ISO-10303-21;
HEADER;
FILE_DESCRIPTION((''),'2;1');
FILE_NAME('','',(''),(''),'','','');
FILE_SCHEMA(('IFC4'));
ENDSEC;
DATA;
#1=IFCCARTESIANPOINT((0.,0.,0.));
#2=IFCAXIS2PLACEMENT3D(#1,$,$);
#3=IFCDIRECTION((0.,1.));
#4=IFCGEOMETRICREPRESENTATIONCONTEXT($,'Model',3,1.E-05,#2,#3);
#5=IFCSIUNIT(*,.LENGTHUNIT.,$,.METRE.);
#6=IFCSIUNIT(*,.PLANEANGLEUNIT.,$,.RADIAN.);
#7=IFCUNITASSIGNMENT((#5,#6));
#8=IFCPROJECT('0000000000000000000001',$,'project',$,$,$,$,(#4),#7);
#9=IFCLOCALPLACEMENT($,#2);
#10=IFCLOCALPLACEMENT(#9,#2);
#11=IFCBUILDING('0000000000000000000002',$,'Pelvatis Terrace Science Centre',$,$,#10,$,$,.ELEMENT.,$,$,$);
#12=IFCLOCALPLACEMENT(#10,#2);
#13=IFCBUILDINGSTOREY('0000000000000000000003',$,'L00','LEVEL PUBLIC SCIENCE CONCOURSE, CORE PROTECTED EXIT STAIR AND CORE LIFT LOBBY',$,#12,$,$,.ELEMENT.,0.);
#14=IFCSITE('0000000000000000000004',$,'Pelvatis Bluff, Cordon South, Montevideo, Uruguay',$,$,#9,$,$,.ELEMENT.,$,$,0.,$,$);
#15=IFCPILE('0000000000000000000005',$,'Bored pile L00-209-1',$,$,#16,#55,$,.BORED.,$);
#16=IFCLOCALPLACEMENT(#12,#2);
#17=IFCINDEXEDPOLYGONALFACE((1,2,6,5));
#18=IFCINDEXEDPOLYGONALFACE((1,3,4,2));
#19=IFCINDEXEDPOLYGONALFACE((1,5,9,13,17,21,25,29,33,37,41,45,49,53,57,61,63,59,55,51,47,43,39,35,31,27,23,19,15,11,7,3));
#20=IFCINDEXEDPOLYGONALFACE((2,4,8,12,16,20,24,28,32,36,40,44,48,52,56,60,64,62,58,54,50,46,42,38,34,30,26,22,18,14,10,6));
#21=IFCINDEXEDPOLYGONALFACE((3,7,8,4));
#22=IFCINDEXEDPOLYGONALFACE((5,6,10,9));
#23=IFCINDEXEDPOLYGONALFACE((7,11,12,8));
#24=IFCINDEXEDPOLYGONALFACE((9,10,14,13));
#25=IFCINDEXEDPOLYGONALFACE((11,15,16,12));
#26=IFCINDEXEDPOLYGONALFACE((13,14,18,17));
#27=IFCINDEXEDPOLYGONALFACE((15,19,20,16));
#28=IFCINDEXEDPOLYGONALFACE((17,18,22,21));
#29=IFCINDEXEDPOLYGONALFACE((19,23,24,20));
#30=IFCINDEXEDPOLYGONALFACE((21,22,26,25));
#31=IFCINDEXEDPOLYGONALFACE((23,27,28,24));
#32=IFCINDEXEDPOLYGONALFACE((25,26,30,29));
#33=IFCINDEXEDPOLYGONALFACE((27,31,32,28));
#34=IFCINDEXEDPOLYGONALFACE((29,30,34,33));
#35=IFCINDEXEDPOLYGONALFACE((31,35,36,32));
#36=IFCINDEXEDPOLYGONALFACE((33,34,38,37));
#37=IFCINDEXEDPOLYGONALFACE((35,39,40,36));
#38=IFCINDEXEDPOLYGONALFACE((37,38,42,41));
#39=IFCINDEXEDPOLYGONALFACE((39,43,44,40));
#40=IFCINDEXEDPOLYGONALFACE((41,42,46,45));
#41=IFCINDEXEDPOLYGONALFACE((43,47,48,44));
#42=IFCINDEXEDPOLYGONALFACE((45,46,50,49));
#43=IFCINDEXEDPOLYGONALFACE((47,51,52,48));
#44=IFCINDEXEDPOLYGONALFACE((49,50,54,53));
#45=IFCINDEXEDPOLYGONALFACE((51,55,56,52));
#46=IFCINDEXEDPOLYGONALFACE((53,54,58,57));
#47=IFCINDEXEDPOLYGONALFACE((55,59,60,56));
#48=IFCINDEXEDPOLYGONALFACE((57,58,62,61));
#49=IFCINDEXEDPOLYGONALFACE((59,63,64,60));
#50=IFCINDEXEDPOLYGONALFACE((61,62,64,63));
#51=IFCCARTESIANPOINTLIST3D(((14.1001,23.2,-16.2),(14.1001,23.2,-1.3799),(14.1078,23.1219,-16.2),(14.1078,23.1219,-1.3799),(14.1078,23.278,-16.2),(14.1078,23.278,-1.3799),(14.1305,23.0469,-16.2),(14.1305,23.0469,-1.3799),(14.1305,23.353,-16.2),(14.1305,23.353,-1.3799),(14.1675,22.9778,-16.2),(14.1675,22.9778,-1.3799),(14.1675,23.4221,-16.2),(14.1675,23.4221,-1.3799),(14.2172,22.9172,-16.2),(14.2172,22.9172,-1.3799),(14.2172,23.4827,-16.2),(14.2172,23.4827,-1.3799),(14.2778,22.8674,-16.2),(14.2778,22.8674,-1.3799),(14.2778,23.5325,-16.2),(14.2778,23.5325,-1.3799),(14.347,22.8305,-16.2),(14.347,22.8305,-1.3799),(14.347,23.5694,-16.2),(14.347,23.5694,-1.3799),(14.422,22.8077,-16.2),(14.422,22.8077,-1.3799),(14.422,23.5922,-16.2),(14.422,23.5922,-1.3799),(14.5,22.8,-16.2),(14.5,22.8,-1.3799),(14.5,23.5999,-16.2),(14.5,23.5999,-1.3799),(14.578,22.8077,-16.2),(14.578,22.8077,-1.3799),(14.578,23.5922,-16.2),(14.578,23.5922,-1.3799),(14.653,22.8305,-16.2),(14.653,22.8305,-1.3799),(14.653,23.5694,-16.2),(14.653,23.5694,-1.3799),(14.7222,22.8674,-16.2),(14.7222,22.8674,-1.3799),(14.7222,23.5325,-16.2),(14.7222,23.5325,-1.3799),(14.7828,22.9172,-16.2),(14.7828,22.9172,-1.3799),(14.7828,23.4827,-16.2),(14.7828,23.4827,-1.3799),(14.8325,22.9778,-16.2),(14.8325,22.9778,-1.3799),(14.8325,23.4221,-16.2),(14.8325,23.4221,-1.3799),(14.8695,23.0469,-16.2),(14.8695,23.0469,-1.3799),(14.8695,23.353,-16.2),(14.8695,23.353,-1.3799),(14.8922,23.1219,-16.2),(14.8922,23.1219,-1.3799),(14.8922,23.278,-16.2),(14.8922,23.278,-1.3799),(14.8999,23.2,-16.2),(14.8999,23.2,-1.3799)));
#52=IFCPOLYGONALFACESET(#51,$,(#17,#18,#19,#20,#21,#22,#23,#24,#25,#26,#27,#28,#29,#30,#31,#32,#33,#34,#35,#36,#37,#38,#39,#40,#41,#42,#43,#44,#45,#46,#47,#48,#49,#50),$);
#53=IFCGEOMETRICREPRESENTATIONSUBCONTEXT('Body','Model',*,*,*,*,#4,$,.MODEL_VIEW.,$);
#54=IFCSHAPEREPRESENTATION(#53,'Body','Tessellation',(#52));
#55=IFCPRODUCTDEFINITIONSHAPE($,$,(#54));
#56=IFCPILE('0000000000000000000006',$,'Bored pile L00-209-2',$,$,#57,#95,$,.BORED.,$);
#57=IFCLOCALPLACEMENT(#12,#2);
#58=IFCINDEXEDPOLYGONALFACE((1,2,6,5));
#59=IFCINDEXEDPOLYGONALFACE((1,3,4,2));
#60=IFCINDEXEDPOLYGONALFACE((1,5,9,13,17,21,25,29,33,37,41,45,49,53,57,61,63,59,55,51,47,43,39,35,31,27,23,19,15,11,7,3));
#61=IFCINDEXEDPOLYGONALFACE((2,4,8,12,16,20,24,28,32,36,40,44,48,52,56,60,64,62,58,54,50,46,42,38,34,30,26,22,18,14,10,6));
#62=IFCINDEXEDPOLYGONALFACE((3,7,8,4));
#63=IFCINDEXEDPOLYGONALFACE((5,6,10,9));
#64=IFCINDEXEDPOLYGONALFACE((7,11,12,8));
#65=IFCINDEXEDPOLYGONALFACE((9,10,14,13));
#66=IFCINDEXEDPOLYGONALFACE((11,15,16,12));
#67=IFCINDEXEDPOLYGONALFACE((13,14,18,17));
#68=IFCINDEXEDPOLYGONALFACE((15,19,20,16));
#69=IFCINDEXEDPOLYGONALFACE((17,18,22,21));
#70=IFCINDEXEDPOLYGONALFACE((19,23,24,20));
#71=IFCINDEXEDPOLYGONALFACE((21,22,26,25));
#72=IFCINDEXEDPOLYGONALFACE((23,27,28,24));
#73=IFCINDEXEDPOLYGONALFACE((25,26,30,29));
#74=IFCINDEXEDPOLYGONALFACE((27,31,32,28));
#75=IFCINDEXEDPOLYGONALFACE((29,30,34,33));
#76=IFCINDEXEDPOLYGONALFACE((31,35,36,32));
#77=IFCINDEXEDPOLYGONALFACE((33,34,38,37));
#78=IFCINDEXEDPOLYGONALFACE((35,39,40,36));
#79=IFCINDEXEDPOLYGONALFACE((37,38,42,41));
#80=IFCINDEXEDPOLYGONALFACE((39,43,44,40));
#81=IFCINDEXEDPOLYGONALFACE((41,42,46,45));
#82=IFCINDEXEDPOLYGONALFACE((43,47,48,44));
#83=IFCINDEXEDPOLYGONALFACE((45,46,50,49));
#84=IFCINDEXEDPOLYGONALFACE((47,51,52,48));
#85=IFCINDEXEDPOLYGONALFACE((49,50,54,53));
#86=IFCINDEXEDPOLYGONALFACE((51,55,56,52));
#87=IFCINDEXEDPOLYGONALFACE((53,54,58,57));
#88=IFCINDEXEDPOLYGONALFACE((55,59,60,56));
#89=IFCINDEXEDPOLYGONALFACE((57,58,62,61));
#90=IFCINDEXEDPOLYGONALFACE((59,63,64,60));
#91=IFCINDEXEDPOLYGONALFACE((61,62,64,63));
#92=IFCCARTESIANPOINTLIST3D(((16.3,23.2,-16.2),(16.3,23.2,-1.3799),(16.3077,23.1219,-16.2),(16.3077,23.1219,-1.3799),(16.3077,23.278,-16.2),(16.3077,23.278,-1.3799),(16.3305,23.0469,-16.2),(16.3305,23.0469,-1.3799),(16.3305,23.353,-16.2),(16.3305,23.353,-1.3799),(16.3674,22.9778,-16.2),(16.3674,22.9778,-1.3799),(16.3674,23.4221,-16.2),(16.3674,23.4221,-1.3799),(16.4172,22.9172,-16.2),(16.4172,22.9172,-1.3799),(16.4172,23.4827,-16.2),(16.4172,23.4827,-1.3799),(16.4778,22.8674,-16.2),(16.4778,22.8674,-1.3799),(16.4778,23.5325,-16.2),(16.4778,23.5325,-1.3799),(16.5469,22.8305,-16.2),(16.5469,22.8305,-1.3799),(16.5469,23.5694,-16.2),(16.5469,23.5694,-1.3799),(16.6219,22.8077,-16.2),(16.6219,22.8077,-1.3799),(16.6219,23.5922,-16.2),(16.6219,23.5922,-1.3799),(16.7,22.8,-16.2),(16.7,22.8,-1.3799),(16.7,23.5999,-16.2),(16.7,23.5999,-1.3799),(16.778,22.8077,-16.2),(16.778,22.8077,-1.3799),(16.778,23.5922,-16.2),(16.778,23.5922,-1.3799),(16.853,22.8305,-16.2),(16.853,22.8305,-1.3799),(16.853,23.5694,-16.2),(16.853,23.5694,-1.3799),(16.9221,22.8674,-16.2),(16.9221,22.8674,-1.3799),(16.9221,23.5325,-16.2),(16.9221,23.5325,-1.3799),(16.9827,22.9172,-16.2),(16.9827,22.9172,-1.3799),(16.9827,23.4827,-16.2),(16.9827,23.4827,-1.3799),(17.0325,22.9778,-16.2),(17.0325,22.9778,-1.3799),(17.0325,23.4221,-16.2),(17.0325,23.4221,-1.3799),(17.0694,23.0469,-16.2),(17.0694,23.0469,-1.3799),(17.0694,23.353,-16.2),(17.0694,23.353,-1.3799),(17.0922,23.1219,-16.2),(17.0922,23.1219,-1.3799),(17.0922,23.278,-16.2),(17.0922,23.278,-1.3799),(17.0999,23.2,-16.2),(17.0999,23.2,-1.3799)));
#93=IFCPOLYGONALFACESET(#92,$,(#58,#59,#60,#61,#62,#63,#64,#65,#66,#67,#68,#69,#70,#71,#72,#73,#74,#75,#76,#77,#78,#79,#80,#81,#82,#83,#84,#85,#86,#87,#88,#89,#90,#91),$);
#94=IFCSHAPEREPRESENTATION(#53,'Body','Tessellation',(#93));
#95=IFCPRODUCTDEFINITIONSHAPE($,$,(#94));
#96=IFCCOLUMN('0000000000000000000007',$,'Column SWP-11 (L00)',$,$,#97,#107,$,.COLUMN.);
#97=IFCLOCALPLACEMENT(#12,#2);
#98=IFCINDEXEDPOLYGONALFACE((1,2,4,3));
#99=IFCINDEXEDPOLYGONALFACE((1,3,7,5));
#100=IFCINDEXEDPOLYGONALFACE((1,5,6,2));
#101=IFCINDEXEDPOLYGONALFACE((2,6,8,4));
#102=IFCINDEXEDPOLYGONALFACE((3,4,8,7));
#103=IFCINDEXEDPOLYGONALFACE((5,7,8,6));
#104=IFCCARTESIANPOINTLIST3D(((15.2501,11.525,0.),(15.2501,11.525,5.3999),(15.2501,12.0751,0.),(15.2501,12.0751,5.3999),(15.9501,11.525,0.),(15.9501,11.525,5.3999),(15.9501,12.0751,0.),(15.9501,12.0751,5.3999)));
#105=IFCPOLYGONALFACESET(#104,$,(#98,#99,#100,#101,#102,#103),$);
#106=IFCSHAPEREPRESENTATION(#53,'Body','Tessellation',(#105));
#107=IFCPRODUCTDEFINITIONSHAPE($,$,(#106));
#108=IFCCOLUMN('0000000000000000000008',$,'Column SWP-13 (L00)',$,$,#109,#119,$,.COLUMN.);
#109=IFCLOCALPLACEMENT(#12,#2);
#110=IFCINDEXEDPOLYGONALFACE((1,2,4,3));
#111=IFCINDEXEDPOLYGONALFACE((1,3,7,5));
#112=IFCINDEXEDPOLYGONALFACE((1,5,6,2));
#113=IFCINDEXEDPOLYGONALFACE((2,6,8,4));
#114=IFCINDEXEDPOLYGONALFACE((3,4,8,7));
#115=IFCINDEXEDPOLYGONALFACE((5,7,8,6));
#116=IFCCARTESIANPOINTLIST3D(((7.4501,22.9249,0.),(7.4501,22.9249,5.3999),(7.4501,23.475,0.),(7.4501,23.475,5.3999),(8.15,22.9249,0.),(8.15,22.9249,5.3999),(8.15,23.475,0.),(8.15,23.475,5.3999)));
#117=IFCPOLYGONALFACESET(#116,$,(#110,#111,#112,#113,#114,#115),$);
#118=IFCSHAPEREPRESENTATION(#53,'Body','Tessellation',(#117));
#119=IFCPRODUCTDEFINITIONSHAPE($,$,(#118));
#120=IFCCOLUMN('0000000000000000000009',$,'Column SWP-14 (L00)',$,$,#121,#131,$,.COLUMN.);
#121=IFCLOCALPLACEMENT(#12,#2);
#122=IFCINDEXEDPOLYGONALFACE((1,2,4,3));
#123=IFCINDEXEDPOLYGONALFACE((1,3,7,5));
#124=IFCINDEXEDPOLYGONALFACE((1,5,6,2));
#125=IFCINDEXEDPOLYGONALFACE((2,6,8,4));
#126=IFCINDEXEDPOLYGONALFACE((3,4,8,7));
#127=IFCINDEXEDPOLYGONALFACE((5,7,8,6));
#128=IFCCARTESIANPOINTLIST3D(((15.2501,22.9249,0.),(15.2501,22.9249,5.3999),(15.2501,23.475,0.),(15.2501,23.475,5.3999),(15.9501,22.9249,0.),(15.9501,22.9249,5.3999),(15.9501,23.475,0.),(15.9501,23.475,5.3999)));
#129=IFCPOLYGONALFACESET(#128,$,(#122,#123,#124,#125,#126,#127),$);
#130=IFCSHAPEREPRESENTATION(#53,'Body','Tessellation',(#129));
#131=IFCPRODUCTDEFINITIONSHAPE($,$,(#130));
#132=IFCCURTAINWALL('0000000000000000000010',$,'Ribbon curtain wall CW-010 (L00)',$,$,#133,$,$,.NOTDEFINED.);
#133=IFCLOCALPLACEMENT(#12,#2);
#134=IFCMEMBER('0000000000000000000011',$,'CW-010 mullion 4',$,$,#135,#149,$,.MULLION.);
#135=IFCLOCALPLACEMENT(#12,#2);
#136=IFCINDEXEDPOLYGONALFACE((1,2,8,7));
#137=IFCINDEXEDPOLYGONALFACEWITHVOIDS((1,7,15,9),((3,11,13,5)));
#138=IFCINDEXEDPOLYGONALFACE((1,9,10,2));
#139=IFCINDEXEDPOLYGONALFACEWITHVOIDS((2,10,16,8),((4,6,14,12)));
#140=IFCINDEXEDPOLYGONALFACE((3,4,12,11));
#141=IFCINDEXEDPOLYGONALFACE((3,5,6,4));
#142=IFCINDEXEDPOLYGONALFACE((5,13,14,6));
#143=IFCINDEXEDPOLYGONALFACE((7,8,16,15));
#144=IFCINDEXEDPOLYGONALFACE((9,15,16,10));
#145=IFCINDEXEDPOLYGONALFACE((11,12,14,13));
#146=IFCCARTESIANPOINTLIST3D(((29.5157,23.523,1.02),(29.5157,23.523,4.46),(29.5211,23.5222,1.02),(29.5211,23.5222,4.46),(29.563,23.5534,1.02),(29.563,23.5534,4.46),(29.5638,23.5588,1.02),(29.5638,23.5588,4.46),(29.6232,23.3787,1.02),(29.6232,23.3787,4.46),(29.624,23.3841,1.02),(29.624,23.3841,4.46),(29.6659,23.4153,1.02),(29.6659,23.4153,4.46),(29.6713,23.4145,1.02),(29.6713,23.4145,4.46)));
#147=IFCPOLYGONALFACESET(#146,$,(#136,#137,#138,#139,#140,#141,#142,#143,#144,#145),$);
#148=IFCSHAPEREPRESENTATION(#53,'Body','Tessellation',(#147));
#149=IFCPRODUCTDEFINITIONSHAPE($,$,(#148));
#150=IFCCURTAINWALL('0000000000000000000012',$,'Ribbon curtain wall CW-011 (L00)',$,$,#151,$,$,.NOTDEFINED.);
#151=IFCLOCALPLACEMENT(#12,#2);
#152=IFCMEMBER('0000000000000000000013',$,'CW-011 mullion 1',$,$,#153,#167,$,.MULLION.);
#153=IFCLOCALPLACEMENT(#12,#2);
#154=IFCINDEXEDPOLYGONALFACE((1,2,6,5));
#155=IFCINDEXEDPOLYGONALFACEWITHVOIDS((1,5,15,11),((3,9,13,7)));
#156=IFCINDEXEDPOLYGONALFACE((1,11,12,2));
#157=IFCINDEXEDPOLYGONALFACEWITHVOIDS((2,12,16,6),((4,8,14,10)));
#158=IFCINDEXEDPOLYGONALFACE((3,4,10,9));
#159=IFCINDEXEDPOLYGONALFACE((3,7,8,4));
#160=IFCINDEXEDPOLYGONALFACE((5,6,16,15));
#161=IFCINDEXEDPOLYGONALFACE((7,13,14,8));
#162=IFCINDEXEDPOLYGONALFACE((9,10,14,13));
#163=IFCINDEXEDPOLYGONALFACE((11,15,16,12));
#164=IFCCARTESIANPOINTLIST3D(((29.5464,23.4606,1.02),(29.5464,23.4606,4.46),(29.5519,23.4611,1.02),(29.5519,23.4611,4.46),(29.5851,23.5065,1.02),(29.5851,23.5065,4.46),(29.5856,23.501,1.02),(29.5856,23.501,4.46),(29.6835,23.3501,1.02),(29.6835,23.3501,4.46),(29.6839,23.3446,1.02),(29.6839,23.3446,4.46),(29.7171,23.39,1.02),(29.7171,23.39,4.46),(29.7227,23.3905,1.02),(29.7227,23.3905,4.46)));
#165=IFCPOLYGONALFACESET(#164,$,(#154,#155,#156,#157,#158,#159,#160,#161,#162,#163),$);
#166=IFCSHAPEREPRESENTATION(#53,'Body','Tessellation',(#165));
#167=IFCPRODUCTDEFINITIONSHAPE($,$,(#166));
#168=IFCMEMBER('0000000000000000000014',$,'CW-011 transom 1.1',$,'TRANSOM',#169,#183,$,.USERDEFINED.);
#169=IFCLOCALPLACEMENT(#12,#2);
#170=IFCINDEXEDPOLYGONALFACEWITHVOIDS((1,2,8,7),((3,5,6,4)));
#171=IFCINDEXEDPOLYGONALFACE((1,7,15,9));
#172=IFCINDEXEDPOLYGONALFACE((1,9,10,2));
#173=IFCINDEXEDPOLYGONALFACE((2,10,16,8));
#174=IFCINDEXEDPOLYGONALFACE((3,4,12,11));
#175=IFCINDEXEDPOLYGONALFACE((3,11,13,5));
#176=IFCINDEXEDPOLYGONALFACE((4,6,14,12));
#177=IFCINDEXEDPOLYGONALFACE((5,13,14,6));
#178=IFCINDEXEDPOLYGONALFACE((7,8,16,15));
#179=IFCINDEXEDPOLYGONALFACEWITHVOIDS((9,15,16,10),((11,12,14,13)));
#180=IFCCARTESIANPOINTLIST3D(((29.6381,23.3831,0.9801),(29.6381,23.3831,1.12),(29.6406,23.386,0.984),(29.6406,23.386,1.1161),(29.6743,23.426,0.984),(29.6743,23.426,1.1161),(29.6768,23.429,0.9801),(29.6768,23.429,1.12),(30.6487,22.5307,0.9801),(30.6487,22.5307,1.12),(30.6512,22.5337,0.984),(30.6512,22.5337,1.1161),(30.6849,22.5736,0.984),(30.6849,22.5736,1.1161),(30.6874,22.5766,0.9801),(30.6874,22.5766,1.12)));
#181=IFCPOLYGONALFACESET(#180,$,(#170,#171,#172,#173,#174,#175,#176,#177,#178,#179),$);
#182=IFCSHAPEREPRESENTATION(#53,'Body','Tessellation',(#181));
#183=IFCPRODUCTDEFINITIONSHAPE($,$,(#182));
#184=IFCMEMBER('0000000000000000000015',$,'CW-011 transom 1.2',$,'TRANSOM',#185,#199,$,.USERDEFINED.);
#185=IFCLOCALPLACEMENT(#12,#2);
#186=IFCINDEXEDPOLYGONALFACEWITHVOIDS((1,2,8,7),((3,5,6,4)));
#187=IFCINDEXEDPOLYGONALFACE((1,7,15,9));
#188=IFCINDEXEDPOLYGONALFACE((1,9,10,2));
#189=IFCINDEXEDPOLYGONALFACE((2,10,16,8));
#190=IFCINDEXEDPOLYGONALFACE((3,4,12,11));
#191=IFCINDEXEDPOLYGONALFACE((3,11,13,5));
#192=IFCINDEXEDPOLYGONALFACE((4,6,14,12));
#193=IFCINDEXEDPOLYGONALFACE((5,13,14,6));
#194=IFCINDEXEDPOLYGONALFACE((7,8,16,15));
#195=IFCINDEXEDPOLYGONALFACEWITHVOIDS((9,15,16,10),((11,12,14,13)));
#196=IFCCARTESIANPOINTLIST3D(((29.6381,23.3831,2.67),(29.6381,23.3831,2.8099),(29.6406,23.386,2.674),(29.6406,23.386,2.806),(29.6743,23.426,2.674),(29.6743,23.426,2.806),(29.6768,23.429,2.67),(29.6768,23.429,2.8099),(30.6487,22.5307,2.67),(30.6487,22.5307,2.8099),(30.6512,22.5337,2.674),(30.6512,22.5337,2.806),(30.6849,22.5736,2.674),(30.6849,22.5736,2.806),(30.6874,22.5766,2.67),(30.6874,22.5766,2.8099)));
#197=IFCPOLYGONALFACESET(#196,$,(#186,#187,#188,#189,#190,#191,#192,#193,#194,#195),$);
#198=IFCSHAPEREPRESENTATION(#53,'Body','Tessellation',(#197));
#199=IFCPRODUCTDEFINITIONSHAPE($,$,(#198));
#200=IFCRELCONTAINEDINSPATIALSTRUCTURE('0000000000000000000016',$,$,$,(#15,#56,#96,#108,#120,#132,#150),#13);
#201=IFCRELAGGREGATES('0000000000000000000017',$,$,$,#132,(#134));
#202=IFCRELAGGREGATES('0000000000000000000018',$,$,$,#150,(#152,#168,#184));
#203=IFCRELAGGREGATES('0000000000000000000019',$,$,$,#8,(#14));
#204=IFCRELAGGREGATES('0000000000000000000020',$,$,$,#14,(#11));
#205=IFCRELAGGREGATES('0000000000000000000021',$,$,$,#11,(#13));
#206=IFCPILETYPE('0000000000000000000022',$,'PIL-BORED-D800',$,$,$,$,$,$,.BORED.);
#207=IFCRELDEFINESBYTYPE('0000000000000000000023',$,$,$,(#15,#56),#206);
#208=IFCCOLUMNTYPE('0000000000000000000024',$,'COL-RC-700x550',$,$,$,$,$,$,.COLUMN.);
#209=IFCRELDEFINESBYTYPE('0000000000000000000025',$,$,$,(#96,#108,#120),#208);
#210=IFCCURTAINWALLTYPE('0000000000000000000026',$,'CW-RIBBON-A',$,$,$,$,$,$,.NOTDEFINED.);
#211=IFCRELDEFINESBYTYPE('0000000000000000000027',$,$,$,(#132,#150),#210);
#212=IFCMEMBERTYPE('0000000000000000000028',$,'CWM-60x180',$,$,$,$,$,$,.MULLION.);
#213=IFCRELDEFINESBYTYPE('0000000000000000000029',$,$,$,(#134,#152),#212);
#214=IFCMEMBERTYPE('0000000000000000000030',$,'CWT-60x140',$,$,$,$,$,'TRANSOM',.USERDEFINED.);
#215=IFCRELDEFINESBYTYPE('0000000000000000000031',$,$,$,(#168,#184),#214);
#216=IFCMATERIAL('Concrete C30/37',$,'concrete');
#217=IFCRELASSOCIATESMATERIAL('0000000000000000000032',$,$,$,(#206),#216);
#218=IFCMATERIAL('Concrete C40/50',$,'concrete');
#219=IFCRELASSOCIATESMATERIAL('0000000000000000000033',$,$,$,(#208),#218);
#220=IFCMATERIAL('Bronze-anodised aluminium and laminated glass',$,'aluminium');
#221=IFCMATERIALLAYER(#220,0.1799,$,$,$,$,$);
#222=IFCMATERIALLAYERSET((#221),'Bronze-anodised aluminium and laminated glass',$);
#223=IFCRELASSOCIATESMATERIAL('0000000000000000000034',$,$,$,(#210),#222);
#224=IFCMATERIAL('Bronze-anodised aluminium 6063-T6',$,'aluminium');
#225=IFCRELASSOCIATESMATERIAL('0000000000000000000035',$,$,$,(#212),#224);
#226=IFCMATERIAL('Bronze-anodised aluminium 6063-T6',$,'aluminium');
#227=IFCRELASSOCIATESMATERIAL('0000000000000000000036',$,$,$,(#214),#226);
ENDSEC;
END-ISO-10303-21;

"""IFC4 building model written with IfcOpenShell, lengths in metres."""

from ifc_helpers import new_model, si_unit, direction, frame, origin, origin_2d, place, context, subcontext, project, spatial, rectangle, hollow_rectangle, circle, extrude, material, layer, layer_set, material_profile, profile_set, type_object, element, aggregate, save


model = new_model("IFC4")

# Units and contexts
model_context = context("Model", 3, precision=1e-05, world=origin(), true_north=direction((0.0, 1.0)))
body_context = subcontext(model_context, "Body", "Model", "MODEL_VIEW")
ifc_project = project(units=[si_unit("LENGTHUNIT", "METRE"), si_unit("PLANEANGLEUNIT", "RADIAN")], contexts=[model_context])

# Site, building, storey
site_placement = place(None, origin())
site = spatial("IfcSite", under=ifc_project, at=site_placement, Name="Pelvatis Bluff, Cordon South, Montevideo, Uruguay", CompositionType="ELEMENT", RefElevation=0.0)
building_placement = place(site_placement, origin())
building = spatial("IfcBuilding", under=site, at=building_placement, Name="Pelvatis Terrace Science Centre", CompositionType="ELEMENT")
storey_placement = place(building_placement, origin())
storey = spatial("IfcBuildingStorey", under=building, at=storey_placement, Name="L00", Description="LEVEL PUBLIC SCIENCE CONCOURSE, CORE PROTECTED EXIT STAIR AND CORE LIFT LOBBY", CompositionType="ELEMENT", Elevation=0.0)

# Piles
ifc_material_1 = material(Name="Concrete C30/37", Category="concrete")
ifc_material_profile_1 = material_profile(ifc_material_1, circle(Radius=0.3999, at=origin_2d()), Name="PILE D800")
ifc_profile_set_1 = profile_set([ifc_material_profile_1], Name="Concrete C30/37")
pile_type = type_object("IfcPileType", Name="PIL-BORED-D800", PredefinedType="BORED", material=ifc_profile_set_1)
for number, where, z_axis, x_axis, name in (
    (1, (14.5, 23.2, -1.3799), (0.0, 0.0, -1.0), (1.0, 0.0, 0.0), "Bored pile L00-209-1"),
    (2, (16.7, 23.2, -1.3799), (0.0, 0.0, -1.0), (1.0, 0.0, 0.0), "Bored pile L00-209-2"),
):
    element("IfcPile", number, at=place(storey_placement, frame(where, z_axis=z_axis, x_axis=x_axis)), inside=storey, type_object=pile_type, Name=name, PredefinedType="BORED", context=body_context, shape_type="SweptSolid", body=[
        extrude(circle(Radius=0.3999, at=origin_2d()), origin(), (0.0, 0.0, 1.0), 14.8201),
    ])

# Columns
ifc_material_2 = material(Name="Concrete C40/50", Category="concrete")
ifc_material_profile_2 = material_profile(ifc_material_2, rectangle(XDim=0.7, YDim=0.55, at=origin_2d()), Name="RC-COL 700x550")
ifc_profile_set_2 = profile_set([ifc_material_profile_2], Name="Concrete C40/50")
column_type = type_object("IfcColumnType", Name="COL-RC-700x550", PredefinedType="COLUMN", material=ifc_profile_set_2)
for number, where, z_axis, x_axis, name in (
    (3, (15.6001, 11.8, 0.0), (0.0, 0.0, 1.0), (1.0, 0.0, 0.0), "Column SWP-11 (L00)"),
    (4, (7.8, 23.2, 0.0), (0.0, 0.0, 1.0), (1.0, 0.0, 0.0), "Column SWP-13 (L00)"),
    (5, (15.6001, 23.2, 0.0), (0.0, 0.0, 1.0), (1.0, 0.0, 0.0), "Column SWP-14 (L00)"),
):
    element("IfcColumn", number, at=place(storey_placement, frame(where, z_axis=z_axis, x_axis=x_axis)), inside=storey, type_object=column_type, Name=name, PredefinedType="COLUMN", context=body_context, shape_type="SweptSolid", body=[
        extrude(rectangle(XDim=0.7, YDim=0.55, at=origin_2d()), origin(), (0.0, 0.0, 1.0), 5.3999),
    ])

# Curtain wall, member
ifc_material_3 = material(Name="Bronze-anodised aluminium and laminated glass", Category="aluminium")
ifc_layer_1 = layer(ifc_material_3, 0.1799)
ifc_layer_set_1 = layer_set([ifc_layer_1], Name="Bronze-anodised aluminium and laminated glass")
curtain_wall_type = type_object("IfcCurtainWallType", Name="CW-RIBBON-A", PredefinedType="NOTDEFINED", material=ifc_layer_set_1)
curtain_wall_1_placement = place(storey_placement, origin())
curtain_wall_1 = element("IfcCurtainWall", 6, at=curtain_wall_1_placement, inside=storey, type_object=curtain_wall_type, Name="Ribbon curtain wall CW-010 (L00)", PredefinedType="NOTDEFINED")
ifc_material_4 = material(Name="Bronze-anodised aluminium 6063-T6", Category="aluminium")
ifc_material_profile_3 = material_profile(ifc_material_4, hollow_rectangle(XDim=0.0601, YDim=0.1799, WallThickness=0.0039, at=origin_2d()), Name="ALU-MUL 60x180")
ifc_profile_set_3 = profile_set([ifc_material_profile_3], Name="Bronze-anodised aluminium 6063-T6")
member_type_1 = type_object("IfcMemberType", Name="CWM-60x180", PredefinedType="MULLION", material=ifc_profile_set_3)
member_1_placement = place(storey_placement, frame((29.5935, 23.4688, 1.02), z_axis=(0.0, 0.0, 1.0), x_axis=(0.801964, 0.597372, 0.0)))
member_1 = element("IfcMember", 7, at=member_1_placement, type_object=member_type_1, Name="CW-010 mullion 4", PredefinedType="MULLION", context=body_context, shape_type="SweptSolid", body=[
    extrude(hollow_rectangle(XDim=0.0601, YDim=0.1799, WallThickness=0.0039, at=origin_2d()), origin(), (0.0, 0.0, 1.0), 3.4399),
])
aggregate(curtain_wall_1, [member_1])

# Curtain wall, members
curtain_wall_2_placement = place(storey_placement, origin())
curtain_wall_2 = element("IfcCurtainWall", 8, at=curtain_wall_2_placement, inside=storey, type_object=curtain_wall_type, Name="Ribbon curtain wall CW-011 (L00)", PredefinedType="NOTDEFINED")
member_2_placement = place(storey_placement, frame((29.6345, 23.4255, 1.02), z_axis=(0.0, 0.0, 1.0), x_axis=(0.644768, 0.764378, 0.0)))
member_2 = element("IfcMember", 9, at=member_2_placement, type_object=member_type_1, Name="CW-011 mullion 1", PredefinedType="MULLION", context=body_context, shape_type="SweptSolid", body=[
    extrude(hollow_rectangle(XDim=0.0601, YDim=0.1799, WallThickness=0.0039, at=origin_2d()), origin(), (0.0, 0.0, 1.0), 3.4399),
])
ifc_material_5 = material(Name="Bronze-anodised aluminium 6063-T6", Category="aluminium")
ifc_material_profile_4 = material_profile(ifc_material_5, hollow_rectangle(XDim=0.0601, YDim=0.1399, WallThickness=0.0039, at=origin_2d()), Name="ALU-TRN 60x140")
ifc_profile_set_4 = profile_set([ifc_material_profile_4], Name="Bronze-anodised aluminium 6063-T6")
member_type_2 = type_object("IfcMemberType", Name="CWT-60x140", ElementType="TRANSOM", PredefinedType="USERDEFINED", material=ifc_profile_set_4)
member_3_placement = place(storey_placement, frame((29.6575, 23.406, 1.05), z_axis=(0.764408, -0.644733, 0.0), x_axis=(0.644733, 0.764408, 0.0)))
member_3 = element("IfcMember", 10, at=member_3_placement, type_object=member_type_2, Name="CW-011 transom 1.1", ObjectType="TRANSOM", PredefinedType="USERDEFINED", context=body_context, shape_type="SweptSolid", body=[
    extrude(hollow_rectangle(XDim=0.0601, YDim=0.1399, WallThickness=0.0039, at=origin_2d()), origin(), (0.0, 0.0, 1.0), 1.322),
])
member_4_placement = place(storey_placement, frame((29.6575, 23.406, 2.74), z_axis=(0.764408, -0.644733, 0.0), x_axis=(0.644733, 0.764408, 0.0)))
member_4 = element("IfcMember", 11, at=member_4_placement, type_object=member_type_2, Name="CW-011 transom 1.2", ObjectType="TRANSOM", PredefinedType="USERDEFINED", context=body_context, shape_type="SweptSolid", body=[
    extrude(hollow_rectangle(XDim=0.0601, YDim=0.1399, WallThickness=0.0039, at=origin_2d()), origin(), (0.0, 0.0, 1.0), 1.322),
])
aggregate(curtain_wall_2, [member_2, member_3, member_4])

save(model, "model.ifc")
